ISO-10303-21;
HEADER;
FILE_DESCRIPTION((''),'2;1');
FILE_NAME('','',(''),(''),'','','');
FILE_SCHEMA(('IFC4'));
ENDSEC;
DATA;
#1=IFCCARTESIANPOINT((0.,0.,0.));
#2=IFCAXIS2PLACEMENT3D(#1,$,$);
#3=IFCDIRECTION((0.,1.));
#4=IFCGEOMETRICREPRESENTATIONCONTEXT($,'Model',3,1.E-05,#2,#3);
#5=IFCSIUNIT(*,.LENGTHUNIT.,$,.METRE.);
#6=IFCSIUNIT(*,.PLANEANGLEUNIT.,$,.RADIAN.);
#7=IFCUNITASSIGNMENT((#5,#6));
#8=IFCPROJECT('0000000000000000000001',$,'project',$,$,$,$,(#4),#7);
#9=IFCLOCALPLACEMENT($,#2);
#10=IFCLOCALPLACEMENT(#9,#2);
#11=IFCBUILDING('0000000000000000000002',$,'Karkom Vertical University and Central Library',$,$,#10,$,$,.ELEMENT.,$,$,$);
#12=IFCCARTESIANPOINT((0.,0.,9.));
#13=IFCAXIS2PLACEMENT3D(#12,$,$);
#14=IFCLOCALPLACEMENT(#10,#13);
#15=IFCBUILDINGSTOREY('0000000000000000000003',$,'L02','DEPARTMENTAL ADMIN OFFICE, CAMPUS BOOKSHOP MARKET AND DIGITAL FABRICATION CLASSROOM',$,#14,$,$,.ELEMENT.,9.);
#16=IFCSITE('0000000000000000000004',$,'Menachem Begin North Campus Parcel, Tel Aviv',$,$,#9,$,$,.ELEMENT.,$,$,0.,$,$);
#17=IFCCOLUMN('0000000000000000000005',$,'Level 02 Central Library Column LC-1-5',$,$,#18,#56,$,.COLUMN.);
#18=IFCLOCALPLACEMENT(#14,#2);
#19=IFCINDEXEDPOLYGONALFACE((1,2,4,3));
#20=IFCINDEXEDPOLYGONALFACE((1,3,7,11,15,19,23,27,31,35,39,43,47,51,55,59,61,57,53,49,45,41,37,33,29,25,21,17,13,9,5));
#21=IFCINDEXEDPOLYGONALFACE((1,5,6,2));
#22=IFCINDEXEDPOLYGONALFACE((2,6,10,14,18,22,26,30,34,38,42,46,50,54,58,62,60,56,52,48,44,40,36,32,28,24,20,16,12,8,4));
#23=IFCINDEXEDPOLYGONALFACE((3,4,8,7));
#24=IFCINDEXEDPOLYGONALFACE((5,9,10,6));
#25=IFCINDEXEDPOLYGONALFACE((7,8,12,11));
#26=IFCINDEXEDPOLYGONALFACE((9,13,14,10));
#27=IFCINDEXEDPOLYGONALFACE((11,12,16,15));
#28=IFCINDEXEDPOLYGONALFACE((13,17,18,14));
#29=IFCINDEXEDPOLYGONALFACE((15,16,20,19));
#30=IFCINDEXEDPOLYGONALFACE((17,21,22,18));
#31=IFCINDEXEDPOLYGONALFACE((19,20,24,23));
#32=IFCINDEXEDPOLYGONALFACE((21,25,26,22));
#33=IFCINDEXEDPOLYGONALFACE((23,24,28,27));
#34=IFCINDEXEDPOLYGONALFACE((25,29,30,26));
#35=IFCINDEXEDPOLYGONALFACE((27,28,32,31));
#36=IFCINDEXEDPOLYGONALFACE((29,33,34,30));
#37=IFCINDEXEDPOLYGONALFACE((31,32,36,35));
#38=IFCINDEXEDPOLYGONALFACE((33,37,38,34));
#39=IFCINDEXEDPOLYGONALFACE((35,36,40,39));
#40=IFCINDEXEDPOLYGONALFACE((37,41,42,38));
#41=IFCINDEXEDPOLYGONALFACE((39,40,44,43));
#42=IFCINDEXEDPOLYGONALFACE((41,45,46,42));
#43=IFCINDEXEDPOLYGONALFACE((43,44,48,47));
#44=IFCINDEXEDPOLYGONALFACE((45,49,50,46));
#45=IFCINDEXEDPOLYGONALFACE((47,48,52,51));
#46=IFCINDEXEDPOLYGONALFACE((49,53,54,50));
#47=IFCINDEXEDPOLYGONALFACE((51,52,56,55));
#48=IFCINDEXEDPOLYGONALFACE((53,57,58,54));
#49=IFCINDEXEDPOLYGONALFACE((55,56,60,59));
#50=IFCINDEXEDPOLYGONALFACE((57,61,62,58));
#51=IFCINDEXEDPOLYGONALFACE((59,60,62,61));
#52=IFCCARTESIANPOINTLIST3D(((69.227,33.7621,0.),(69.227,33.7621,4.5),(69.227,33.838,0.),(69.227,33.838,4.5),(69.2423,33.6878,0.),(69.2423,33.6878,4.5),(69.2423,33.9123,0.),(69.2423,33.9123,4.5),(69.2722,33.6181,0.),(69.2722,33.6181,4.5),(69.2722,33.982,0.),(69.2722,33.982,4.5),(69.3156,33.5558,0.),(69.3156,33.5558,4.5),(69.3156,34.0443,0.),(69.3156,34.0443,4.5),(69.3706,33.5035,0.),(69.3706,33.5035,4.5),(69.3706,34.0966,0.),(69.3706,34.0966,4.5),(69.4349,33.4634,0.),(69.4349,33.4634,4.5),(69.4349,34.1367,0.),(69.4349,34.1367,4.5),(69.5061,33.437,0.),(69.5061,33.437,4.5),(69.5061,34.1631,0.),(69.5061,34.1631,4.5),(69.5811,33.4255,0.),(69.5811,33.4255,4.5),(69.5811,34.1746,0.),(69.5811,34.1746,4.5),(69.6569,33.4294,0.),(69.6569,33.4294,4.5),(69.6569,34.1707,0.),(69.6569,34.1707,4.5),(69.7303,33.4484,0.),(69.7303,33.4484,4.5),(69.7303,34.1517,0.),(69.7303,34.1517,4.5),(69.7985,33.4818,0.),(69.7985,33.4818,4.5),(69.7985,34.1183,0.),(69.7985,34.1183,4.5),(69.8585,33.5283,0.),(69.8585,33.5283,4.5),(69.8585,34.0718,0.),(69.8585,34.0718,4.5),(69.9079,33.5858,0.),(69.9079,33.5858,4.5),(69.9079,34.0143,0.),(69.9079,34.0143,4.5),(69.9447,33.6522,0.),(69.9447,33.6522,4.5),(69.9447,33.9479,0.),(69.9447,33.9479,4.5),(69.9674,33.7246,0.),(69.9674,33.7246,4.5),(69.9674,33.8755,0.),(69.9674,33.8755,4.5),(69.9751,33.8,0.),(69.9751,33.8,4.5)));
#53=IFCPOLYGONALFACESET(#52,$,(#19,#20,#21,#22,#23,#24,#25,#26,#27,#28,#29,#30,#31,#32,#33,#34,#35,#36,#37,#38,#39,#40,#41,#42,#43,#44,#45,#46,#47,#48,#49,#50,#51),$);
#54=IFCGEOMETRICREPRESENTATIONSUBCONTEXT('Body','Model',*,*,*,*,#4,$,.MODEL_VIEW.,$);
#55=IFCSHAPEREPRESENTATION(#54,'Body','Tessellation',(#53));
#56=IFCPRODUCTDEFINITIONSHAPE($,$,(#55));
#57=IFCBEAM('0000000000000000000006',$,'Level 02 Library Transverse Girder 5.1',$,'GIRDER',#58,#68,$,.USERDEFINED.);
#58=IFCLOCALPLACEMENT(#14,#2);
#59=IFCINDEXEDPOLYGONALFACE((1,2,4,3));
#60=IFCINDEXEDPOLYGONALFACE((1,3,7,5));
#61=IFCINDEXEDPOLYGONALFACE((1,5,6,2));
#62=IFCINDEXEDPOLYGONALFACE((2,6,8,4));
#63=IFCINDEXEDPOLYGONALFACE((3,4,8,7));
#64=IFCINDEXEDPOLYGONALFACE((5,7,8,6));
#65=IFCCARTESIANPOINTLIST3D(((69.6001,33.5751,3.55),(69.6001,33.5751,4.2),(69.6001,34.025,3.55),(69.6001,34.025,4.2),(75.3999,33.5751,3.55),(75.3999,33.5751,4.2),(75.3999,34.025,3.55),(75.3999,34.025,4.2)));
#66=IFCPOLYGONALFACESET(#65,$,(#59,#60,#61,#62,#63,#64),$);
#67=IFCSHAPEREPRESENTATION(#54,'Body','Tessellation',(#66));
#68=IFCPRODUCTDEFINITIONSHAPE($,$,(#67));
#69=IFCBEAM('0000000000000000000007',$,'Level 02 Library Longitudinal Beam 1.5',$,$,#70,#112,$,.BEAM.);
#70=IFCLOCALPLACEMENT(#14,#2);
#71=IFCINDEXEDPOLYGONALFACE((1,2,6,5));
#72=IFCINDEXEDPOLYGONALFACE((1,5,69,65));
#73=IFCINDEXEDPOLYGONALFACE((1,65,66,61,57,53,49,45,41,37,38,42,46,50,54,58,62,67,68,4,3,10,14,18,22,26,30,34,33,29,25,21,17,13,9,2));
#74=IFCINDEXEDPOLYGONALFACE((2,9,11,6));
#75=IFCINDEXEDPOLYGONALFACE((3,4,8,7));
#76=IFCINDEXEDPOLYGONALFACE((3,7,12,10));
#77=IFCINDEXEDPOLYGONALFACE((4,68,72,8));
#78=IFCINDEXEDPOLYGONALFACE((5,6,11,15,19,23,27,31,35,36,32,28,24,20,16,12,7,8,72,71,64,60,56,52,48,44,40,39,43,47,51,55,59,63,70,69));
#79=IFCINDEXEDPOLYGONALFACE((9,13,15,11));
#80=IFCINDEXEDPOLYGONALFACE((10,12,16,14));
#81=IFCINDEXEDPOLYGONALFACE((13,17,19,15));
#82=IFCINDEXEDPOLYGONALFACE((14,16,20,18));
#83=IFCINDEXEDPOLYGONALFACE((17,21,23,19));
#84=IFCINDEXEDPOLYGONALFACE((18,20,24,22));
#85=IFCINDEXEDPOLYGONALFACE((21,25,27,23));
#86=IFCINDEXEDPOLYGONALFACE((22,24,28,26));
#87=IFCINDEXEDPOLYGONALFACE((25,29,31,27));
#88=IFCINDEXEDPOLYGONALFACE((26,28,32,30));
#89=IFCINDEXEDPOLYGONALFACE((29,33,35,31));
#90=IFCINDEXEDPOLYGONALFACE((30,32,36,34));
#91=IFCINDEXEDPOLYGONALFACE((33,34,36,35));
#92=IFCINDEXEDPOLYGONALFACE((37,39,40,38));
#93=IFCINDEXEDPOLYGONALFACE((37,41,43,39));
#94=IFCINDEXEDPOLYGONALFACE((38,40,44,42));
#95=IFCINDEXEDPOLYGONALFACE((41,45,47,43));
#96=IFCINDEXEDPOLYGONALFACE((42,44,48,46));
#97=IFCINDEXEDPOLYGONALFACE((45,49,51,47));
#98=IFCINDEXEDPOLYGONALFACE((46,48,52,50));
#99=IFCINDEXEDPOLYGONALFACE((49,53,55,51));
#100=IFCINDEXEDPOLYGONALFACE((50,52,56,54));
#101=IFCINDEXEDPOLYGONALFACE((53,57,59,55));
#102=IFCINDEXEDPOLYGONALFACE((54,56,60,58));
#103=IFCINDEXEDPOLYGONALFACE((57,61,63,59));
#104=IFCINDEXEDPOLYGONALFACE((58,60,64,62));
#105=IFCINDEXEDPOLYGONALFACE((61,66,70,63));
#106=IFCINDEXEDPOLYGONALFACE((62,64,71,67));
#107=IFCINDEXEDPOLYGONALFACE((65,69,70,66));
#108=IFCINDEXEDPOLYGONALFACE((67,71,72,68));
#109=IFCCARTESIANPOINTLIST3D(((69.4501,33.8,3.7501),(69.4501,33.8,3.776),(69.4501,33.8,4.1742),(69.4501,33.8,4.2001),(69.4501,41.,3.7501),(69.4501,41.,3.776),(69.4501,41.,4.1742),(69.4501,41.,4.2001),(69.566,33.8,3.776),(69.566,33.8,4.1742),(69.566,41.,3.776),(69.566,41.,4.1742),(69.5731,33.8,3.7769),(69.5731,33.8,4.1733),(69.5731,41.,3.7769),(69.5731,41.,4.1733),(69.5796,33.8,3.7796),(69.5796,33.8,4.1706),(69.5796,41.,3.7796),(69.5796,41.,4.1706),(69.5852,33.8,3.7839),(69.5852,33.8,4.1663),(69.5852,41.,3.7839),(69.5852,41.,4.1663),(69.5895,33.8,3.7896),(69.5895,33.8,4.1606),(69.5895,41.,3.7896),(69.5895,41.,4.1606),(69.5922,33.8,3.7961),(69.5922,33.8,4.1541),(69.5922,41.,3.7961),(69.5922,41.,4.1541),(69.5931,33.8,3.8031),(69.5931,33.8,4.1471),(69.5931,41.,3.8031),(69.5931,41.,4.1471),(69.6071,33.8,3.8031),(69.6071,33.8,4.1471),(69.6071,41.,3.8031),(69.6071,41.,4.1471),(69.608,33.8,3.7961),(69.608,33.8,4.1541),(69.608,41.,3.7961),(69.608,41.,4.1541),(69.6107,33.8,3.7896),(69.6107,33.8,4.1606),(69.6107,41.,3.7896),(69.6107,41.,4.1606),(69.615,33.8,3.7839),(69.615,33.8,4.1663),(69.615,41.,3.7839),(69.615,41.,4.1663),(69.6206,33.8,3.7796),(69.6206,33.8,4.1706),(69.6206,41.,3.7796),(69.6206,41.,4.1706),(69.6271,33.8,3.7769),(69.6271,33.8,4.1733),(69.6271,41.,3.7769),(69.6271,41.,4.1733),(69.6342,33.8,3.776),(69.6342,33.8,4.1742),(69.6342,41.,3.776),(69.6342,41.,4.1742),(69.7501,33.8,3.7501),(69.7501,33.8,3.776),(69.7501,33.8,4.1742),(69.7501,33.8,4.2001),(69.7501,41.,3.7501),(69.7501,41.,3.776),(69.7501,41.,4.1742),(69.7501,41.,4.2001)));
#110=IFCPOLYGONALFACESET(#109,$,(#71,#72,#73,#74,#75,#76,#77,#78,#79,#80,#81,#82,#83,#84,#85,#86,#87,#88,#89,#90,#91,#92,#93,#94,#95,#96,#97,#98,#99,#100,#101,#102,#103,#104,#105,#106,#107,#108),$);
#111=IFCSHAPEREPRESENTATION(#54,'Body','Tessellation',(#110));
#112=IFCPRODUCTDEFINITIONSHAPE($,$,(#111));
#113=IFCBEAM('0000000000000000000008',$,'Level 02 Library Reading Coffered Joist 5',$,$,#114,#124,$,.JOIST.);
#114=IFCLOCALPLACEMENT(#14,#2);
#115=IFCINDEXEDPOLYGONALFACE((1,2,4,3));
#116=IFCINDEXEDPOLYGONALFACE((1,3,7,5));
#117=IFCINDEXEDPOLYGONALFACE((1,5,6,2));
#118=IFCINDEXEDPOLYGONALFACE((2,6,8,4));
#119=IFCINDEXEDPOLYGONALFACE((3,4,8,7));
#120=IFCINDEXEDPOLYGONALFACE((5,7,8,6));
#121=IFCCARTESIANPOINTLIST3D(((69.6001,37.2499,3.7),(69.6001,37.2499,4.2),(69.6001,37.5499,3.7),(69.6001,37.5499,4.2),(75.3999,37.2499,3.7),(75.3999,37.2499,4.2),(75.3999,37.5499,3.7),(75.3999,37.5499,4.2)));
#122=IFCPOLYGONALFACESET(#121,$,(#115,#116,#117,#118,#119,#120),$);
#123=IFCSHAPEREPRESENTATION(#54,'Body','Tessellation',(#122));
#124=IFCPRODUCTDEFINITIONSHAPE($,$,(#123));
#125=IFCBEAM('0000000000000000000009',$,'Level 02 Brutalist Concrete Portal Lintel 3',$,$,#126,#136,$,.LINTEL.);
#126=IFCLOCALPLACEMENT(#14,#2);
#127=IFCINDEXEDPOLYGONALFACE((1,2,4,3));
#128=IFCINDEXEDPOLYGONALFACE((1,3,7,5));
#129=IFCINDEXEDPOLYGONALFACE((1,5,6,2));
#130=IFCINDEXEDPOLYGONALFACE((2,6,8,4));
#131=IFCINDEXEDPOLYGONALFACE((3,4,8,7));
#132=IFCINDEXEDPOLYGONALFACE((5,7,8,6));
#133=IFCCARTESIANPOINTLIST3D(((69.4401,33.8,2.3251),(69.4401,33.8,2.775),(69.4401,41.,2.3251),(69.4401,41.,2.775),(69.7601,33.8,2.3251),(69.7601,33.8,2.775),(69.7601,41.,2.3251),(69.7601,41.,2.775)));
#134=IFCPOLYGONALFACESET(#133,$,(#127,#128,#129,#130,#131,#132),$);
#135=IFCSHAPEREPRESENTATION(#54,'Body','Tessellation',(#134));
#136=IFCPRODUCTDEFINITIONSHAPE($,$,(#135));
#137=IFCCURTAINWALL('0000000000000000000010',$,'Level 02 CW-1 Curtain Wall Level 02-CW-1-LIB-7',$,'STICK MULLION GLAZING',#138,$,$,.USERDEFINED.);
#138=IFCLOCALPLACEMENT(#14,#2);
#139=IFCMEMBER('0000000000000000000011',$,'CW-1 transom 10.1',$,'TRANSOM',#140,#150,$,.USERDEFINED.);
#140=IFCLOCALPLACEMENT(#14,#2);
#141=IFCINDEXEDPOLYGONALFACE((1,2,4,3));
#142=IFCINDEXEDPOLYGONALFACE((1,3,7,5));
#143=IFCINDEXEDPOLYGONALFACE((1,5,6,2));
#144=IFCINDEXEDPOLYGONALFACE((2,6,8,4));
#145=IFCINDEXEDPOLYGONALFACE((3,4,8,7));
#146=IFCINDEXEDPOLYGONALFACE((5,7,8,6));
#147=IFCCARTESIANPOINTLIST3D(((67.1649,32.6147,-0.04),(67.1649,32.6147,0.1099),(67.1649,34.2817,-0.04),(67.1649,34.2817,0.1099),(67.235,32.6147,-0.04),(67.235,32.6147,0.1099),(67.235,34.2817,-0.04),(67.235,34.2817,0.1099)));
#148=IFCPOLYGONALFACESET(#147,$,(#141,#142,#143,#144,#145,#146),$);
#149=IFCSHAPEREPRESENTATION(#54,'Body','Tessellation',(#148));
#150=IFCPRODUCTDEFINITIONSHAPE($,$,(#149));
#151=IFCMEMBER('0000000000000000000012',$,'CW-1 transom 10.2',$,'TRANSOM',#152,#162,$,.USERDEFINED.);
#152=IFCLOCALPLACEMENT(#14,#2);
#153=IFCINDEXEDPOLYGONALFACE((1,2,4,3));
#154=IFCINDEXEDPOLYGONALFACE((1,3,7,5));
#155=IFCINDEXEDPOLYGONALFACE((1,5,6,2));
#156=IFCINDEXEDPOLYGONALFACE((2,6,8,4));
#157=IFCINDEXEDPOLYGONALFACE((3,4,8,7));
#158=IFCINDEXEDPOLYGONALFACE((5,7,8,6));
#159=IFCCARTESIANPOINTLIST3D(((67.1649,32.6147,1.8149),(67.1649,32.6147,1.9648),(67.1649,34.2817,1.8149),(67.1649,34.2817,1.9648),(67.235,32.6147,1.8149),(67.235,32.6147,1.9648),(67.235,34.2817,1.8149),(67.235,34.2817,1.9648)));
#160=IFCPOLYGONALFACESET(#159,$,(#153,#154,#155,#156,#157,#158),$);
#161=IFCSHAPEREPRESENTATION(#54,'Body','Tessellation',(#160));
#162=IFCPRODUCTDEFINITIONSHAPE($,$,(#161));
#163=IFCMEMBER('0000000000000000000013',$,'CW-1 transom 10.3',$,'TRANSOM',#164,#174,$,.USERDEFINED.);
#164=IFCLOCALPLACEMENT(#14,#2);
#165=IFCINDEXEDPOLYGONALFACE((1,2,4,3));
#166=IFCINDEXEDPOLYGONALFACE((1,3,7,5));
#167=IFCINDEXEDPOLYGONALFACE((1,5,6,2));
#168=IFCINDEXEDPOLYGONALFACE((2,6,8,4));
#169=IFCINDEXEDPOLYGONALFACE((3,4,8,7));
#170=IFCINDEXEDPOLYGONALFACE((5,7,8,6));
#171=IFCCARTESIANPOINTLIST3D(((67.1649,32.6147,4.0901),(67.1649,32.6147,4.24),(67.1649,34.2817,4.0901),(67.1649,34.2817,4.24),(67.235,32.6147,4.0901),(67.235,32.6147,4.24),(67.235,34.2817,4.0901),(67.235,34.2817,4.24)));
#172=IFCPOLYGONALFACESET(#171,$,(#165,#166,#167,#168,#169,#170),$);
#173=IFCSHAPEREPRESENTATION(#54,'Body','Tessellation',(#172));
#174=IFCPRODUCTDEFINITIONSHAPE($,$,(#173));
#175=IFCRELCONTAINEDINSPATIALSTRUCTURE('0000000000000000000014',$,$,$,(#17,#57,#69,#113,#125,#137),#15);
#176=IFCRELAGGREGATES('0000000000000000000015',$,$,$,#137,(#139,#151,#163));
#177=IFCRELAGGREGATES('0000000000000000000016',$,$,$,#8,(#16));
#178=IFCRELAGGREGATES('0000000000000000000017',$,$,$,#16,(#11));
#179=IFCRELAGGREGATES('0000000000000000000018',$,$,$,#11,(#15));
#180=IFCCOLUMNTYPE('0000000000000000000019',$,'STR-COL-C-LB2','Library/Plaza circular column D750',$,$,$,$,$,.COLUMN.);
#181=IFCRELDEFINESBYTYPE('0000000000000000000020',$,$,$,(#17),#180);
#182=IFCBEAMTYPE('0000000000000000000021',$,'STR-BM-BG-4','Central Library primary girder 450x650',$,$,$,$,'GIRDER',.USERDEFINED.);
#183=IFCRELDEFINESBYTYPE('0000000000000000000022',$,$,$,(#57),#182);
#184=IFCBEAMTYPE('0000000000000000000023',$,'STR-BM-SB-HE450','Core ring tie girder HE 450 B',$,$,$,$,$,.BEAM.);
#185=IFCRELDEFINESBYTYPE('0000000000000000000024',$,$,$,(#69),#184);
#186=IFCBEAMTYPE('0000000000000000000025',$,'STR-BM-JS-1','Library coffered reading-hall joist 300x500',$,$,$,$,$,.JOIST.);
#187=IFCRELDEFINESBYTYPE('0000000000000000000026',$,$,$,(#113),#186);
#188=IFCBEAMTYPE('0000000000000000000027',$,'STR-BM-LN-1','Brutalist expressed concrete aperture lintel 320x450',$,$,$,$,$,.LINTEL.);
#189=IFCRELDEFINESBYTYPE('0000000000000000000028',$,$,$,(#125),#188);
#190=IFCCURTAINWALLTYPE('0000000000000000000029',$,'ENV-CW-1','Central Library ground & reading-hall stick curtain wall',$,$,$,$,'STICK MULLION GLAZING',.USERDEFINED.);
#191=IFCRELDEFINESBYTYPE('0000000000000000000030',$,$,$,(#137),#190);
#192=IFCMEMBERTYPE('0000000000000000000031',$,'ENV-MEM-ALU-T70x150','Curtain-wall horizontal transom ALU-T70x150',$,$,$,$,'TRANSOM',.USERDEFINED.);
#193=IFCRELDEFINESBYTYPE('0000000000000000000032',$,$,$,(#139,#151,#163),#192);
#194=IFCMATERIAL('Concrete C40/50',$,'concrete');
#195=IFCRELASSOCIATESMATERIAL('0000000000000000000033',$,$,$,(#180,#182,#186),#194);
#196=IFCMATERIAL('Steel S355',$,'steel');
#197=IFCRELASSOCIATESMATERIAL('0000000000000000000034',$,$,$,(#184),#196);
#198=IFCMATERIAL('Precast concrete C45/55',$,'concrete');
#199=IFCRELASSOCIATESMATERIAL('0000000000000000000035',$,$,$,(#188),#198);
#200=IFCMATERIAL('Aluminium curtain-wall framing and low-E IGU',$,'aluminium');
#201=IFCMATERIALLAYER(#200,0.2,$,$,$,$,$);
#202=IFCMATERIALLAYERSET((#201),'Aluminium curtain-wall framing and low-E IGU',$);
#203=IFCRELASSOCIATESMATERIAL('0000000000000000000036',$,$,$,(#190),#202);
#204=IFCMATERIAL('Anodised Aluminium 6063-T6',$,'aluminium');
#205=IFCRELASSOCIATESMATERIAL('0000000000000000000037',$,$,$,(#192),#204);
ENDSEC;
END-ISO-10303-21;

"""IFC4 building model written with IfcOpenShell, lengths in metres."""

from ifc_helpers import new_model, si_unit, direction, frame, origin, origin_with_axes, origin_2d, place, context, subcontext, project, spatial, rectangle, circle, i_section, extrude, source, transform, mapped, material, layer, layer_set, material_profile, profile_set, type_object, element, aggregate, save


model = new_model("IFC4")

# Units and contexts
model_context = context("Model", 3, precision=1e-05, world=origin(), true_north=direction((0.0, 1.0)))
body_context = subcontext(model_context, "Body", "Model", "MODEL_VIEW")
ifc_project = project(units=[si_unit("LENGTHUNIT", "METRE"), si_unit("PLANEANGLEUNIT", "RADIAN")], contexts=[model_context])

# Site, building, storey
site_placement = place(None, origin())
site = spatial("IfcSite", under=ifc_project, at=site_placement, Name="Menachem Begin North Campus Parcel, Tel Aviv", CompositionType="ELEMENT", RefElevation=0.0)
building_placement = place(site_placement, origin())
building = spatial("IfcBuilding", under=site, at=building_placement, Name="Karkom Vertical University and Central Library", CompositionType="ELEMENT")
storey_placement = place(building_placement, frame((0.0, 0.0, 9.0)))
storey = spatial("IfcBuildingStorey", under=building, at=storey_placement, Name="L02", Description="DEPARTMENTAL ADMIN OFFICE, CAMPUS BOOKSHOP MARKET AND DIGITAL FABRICATION CLASSROOM", CompositionType="ELEMENT", Elevation=9.0)

# Column
ifc_material_1 = material(Name="Concrete C40/50", Category="concrete")
ifc_material_profile_1 = material_profile(ifc_material_1, circle(Radius=0.375, at=origin_2d()), Name="RC-D750")
ifc_profile_set_1 = profile_set([ifc_material_profile_1], Name="Concrete C40/50")
column_type = type_object("IfcColumnType", Name="STR-COL-C-LB2", Description="Library/Plaza circular column D750", PredefinedType="COLUMN", material=ifc_profile_set_1)
shared_shape_1 = source(origin_with_axes(), body_context, "Body", "SweptSolid", [
    extrude(circle(Radius=0.375, at=origin_2d()), origin(), (0.0, 0.0, 1.0), 4.5),
])
column_placement = place(storey_placement, frame((69.6001, 33.8, 0.0), z_axis=(0.0, 0.0, 1.0), x_axis=(1.0, 0.0, 0.0)))
element("IfcColumn", 1, at=column_placement, inside=storey, type_object=column_type, Name="Level 02 Central Library Column LC-1-5", PredefinedType="COLUMN", context=body_context, shape_type="MappedRepresentation", body=[
    mapped(shared_shape_1, transform((0.0, 0.0, 0.0), scale=1.0)),
])

# Beams
ifc_material_profile_2 = material_profile(ifc_material_1, rectangle(XDim=0.45, YDim=0.6499, at=origin_2d()), Name="RCB-450x650")
ifc_profile_set_2 = profile_set([ifc_material_profile_2], Name="Concrete C40/50")
beam_type_1 = type_object("IfcBeamType", Name="STR-BM-BG-4", Description="Central Library primary girder 450x650", ElementType="GIRDER", PredefinedType="USERDEFINED", material=ifc_profile_set_2)
shared_shape_2 = source(origin_with_axes(), body_context, "Body", "SweptSolid", [
    extrude(rectangle(XDim=0.45, YDim=0.6499, at=origin_2d()), origin(), (0.0, 0.0, 1.0), 5.7998),
])
beam_1_placement = place(storey_placement, frame((69.6001, 33.8, 3.875), z_axis=(1.0, 0.0, 0.0), x_axis=(0.0, 1.0, 0.0)))
element("IfcBeam", 2, at=beam_1_placement, inside=storey, type_object=beam_type_1, Name="Level 02 Library Transverse Girder 5.1", ObjectType="GIRDER", PredefinedType="USERDEFINED", context=body_context, shape_type="MappedRepresentation", body=[
    mapped(shared_shape_2, transform((0.0, 0.0, 0.0), scale=1.0)),
])
ifc_material_2 = material(Name="Steel S355", Category="steel")
ifc_material_profile_3 = material_profile(ifc_material_2, i_section(OverallWidth=0.3, OverallDepth=0.45, WebThickness=0.0139, FlangeThickness=0.0259, FilletRadius=0.0271, at=origin_2d()), Name="HE 450 B")
ifc_profile_set_3 = profile_set([ifc_material_profile_3], Name="Steel S355")
beam_type_2 = type_object("IfcBeamType", Name="STR-BM-SB-HE450", Description="Core ring tie girder HE 450 B", PredefinedType="BEAM", material=ifc_profile_set_3)
shared_shape_3 = source(origin_with_axes(), body_context, "Body", "SweptSolid", [
    extrude(i_section(OverallWidth=0.3, OverallDepth=0.45, WebThickness=0.0139, FlangeThickness=0.0259, FilletRadius=0.0271, at=origin_2d()), origin(), (0.0, 0.0, 1.0), 7.2),
])
beam_2_placement = place(storey_placement, frame((69.6001, 33.8, 3.9751), z_axis=(0.0, 1.0, 0.0), x_axis=(-1.0, 0.0, 0.0)))
element("IfcBeam", 3, at=beam_2_placement, inside=storey, type_object=beam_type_2, Name="Level 02 Library Longitudinal Beam 1.5", PredefinedType="BEAM", context=body_context, shape_type="MappedRepresentation", body=[
    mapped(shared_shape_3, transform((0.0, 0.0, 0.0), scale=1.0)),
])
ifc_material_profile_4 = material_profile(ifc_material_1, rectangle(XDim=0.3, YDim=0.5, at=origin_2d()), Name="RCJ-300x500")
ifc_profile_set_4 = profile_set([ifc_material_profile_4], Name="Concrete C40/50")
beam_type_3 = type_object("IfcBeamType", Name="STR-BM-JS-1", Description="Library coffered reading-hall joist 300x500", PredefinedType="JOIST", material=ifc_profile_set_4)
shared_shape_4 = source(origin_with_axes(), body_context, "Body", "SweptSolid", [
    extrude(rectangle(XDim=0.3, YDim=0.5, at=origin_2d()), origin(), (0.0, 0.0, 1.0), 5.7998),
])
beam_3_placement = place(storey_placement, frame((69.6001, 37.3999, 3.95), z_axis=(1.0, 0.0, 0.0), x_axis=(0.0, 1.0, 0.0)))
element("IfcBeam", 4, at=beam_3_placement, inside=storey, type_object=beam_type_3, Name="Level 02 Library Reading Coffered Joist 5", PredefinedType="JOIST", context=body_context, shape_type="MappedRepresentation", body=[
    mapped(shared_shape_4, transform((0.0, 0.0, 0.0), scale=1.0)),
])
ifc_material_3 = material(Name="Precast concrete C45/55", Category="concrete")
ifc_material_profile_5 = material_profile(ifc_material_3, rectangle(XDim=0.3201, YDim=0.45, at=origin_2d()), Name="RCL-320x450")
ifc_profile_set_5 = profile_set([ifc_material_profile_5], Name="Precast concrete C45/55")
beam_type_4 = type_object("IfcBeamType", Name="STR-BM-LN-1", Description="Brutalist expressed concrete aperture lintel 320x450", PredefinedType="LINTEL", material=ifc_profile_set_5)
shared_shape_5 = source(origin_with_axes(), body_context, "Body", "SweptSolid", [
    extrude(rectangle(XDim=0.3201, YDim=0.45, at=origin_2d()), origin(), (0.0, 0.0, 1.0), 7.2),
])
beam_4_placement = place(storey_placement, frame((69.6001, 33.8, 2.55), z_axis=(0.0, 1.0, 0.0), x_axis=(-1.0, 0.0, 0.0)))
element("IfcBeam", 5, at=beam_4_placement, inside=storey, type_object=beam_type_4, Name="Level 02 Brutalist Concrete Portal Lintel 3", PredefinedType="LINTEL", context=body_context, shape_type="MappedRepresentation", body=[
    mapped(shared_shape_5, transform((0.0, 0.0, 0.0), scale=1.0)),
])

# Curtain wall, members
ifc_material_4 = material(Name="Aluminium curtain-wall framing and low-E IGU", Category="aluminium")
ifc_layer_1 = layer(ifc_material_4, 0.2)
ifc_layer_set_1 = layer_set([ifc_layer_1], Name="Aluminium curtain-wall framing and low-E IGU")
curtain_wall_type = type_object("IfcCurtainWallType", Name="ENV-CW-1", Description="Central Library ground & reading-hall stick curtain wall", ElementType="STICK MULLION GLAZING", PredefinedType="USERDEFINED", material=ifc_layer_set_1)
curtain_wall_placement = place(storey_placement, origin())
curtain_wall = element("IfcCurtainWall", 6, at=curtain_wall_placement, inside=storey, type_object=curtain_wall_type, Name="Level 02 CW-1 Curtain Wall Level 02-CW-1-LIB-7", ObjectType="STICK MULLION GLAZING", PredefinedType="USERDEFINED")
ifc_material_5 = material(Name="Anodised Aluminium 6063-T6", Category="aluminium")
ifc_material_profile_6 = material_profile(ifc_material_5, rectangle(XDim=0.0701, YDim=0.1499, at=origin_2d()), Name="ALU-T70x150")
ifc_profile_set_6 = profile_set([ifc_material_profile_6], Name="Anodised Aluminium 6063-T6")
member_type = type_object("IfcMemberType", Name="ENV-MEM-ALU-T70x150", Description="Curtain-wall horizontal transom ALU-T70x150", ElementType="TRANSOM", PredefinedType="USERDEFINED", material=ifc_profile_set_6)
shared_shape_6 = source(origin_with_axes(), body_context, "Body", "SweptSolid", [
    extrude(rectangle(XDim=0.0701, YDim=0.1499, at=origin_2d()), origin(), (0.0, 0.0, 1.0), 1.667),
])
member_1_placement = place(storey_placement, frame((67.2, 34.2817, 0.0349), z_axis=(0.0, -1.0, 0.0), x_axis=(1.0, 0.0, 0.0)))
member_1 = element("IfcMember", 7, at=member_1_placement, type_object=member_type, Name="CW-1 transom 10.1", ObjectType="TRANSOM", PredefinedType="USERDEFINED", context=body_context, shape_type="MappedRepresentation", body=[
    mapped(shared_shape_6, transform((0.0, 0.0, 0.0), scale=1.0)),
])
member_2_placement = place(storey_placement, frame((67.2, 34.2817, 1.8899), z_axis=(0.0, -1.0, 0.0), x_axis=(1.0, 0.0, 0.0)))
member_2 = element("IfcMember", 8, at=member_2_placement, type_object=member_type, Name="CW-1 transom 10.2", ObjectType="TRANSOM", PredefinedType="USERDEFINED", context=body_context, shape_type="MappedRepresentation", body=[
    mapped(shared_shape_6, transform((0.0, 0.0, 0.0), scale=1.0)),
])
member_3_placement = place(storey_placement, frame((67.2, 34.2817, 4.165), z_axis=(0.0, -1.0, 0.0), x_axis=(1.0, 0.0, 0.0)))
member_3 = element("IfcMember", 9, at=member_3_placement, type_object=member_type, Name="CW-1 transom 10.3", ObjectType="TRANSOM", PredefinedType="USERDEFINED", context=body_context, shape_type="MappedRepresentation", body=[
    mapped(shared_shape_6, transform((0.0, 0.0, 0.0), scale=1.0)),
])
aggregate(curtain_wall, [member_1, member_2, member_3])

save(model, "model.ifc")
